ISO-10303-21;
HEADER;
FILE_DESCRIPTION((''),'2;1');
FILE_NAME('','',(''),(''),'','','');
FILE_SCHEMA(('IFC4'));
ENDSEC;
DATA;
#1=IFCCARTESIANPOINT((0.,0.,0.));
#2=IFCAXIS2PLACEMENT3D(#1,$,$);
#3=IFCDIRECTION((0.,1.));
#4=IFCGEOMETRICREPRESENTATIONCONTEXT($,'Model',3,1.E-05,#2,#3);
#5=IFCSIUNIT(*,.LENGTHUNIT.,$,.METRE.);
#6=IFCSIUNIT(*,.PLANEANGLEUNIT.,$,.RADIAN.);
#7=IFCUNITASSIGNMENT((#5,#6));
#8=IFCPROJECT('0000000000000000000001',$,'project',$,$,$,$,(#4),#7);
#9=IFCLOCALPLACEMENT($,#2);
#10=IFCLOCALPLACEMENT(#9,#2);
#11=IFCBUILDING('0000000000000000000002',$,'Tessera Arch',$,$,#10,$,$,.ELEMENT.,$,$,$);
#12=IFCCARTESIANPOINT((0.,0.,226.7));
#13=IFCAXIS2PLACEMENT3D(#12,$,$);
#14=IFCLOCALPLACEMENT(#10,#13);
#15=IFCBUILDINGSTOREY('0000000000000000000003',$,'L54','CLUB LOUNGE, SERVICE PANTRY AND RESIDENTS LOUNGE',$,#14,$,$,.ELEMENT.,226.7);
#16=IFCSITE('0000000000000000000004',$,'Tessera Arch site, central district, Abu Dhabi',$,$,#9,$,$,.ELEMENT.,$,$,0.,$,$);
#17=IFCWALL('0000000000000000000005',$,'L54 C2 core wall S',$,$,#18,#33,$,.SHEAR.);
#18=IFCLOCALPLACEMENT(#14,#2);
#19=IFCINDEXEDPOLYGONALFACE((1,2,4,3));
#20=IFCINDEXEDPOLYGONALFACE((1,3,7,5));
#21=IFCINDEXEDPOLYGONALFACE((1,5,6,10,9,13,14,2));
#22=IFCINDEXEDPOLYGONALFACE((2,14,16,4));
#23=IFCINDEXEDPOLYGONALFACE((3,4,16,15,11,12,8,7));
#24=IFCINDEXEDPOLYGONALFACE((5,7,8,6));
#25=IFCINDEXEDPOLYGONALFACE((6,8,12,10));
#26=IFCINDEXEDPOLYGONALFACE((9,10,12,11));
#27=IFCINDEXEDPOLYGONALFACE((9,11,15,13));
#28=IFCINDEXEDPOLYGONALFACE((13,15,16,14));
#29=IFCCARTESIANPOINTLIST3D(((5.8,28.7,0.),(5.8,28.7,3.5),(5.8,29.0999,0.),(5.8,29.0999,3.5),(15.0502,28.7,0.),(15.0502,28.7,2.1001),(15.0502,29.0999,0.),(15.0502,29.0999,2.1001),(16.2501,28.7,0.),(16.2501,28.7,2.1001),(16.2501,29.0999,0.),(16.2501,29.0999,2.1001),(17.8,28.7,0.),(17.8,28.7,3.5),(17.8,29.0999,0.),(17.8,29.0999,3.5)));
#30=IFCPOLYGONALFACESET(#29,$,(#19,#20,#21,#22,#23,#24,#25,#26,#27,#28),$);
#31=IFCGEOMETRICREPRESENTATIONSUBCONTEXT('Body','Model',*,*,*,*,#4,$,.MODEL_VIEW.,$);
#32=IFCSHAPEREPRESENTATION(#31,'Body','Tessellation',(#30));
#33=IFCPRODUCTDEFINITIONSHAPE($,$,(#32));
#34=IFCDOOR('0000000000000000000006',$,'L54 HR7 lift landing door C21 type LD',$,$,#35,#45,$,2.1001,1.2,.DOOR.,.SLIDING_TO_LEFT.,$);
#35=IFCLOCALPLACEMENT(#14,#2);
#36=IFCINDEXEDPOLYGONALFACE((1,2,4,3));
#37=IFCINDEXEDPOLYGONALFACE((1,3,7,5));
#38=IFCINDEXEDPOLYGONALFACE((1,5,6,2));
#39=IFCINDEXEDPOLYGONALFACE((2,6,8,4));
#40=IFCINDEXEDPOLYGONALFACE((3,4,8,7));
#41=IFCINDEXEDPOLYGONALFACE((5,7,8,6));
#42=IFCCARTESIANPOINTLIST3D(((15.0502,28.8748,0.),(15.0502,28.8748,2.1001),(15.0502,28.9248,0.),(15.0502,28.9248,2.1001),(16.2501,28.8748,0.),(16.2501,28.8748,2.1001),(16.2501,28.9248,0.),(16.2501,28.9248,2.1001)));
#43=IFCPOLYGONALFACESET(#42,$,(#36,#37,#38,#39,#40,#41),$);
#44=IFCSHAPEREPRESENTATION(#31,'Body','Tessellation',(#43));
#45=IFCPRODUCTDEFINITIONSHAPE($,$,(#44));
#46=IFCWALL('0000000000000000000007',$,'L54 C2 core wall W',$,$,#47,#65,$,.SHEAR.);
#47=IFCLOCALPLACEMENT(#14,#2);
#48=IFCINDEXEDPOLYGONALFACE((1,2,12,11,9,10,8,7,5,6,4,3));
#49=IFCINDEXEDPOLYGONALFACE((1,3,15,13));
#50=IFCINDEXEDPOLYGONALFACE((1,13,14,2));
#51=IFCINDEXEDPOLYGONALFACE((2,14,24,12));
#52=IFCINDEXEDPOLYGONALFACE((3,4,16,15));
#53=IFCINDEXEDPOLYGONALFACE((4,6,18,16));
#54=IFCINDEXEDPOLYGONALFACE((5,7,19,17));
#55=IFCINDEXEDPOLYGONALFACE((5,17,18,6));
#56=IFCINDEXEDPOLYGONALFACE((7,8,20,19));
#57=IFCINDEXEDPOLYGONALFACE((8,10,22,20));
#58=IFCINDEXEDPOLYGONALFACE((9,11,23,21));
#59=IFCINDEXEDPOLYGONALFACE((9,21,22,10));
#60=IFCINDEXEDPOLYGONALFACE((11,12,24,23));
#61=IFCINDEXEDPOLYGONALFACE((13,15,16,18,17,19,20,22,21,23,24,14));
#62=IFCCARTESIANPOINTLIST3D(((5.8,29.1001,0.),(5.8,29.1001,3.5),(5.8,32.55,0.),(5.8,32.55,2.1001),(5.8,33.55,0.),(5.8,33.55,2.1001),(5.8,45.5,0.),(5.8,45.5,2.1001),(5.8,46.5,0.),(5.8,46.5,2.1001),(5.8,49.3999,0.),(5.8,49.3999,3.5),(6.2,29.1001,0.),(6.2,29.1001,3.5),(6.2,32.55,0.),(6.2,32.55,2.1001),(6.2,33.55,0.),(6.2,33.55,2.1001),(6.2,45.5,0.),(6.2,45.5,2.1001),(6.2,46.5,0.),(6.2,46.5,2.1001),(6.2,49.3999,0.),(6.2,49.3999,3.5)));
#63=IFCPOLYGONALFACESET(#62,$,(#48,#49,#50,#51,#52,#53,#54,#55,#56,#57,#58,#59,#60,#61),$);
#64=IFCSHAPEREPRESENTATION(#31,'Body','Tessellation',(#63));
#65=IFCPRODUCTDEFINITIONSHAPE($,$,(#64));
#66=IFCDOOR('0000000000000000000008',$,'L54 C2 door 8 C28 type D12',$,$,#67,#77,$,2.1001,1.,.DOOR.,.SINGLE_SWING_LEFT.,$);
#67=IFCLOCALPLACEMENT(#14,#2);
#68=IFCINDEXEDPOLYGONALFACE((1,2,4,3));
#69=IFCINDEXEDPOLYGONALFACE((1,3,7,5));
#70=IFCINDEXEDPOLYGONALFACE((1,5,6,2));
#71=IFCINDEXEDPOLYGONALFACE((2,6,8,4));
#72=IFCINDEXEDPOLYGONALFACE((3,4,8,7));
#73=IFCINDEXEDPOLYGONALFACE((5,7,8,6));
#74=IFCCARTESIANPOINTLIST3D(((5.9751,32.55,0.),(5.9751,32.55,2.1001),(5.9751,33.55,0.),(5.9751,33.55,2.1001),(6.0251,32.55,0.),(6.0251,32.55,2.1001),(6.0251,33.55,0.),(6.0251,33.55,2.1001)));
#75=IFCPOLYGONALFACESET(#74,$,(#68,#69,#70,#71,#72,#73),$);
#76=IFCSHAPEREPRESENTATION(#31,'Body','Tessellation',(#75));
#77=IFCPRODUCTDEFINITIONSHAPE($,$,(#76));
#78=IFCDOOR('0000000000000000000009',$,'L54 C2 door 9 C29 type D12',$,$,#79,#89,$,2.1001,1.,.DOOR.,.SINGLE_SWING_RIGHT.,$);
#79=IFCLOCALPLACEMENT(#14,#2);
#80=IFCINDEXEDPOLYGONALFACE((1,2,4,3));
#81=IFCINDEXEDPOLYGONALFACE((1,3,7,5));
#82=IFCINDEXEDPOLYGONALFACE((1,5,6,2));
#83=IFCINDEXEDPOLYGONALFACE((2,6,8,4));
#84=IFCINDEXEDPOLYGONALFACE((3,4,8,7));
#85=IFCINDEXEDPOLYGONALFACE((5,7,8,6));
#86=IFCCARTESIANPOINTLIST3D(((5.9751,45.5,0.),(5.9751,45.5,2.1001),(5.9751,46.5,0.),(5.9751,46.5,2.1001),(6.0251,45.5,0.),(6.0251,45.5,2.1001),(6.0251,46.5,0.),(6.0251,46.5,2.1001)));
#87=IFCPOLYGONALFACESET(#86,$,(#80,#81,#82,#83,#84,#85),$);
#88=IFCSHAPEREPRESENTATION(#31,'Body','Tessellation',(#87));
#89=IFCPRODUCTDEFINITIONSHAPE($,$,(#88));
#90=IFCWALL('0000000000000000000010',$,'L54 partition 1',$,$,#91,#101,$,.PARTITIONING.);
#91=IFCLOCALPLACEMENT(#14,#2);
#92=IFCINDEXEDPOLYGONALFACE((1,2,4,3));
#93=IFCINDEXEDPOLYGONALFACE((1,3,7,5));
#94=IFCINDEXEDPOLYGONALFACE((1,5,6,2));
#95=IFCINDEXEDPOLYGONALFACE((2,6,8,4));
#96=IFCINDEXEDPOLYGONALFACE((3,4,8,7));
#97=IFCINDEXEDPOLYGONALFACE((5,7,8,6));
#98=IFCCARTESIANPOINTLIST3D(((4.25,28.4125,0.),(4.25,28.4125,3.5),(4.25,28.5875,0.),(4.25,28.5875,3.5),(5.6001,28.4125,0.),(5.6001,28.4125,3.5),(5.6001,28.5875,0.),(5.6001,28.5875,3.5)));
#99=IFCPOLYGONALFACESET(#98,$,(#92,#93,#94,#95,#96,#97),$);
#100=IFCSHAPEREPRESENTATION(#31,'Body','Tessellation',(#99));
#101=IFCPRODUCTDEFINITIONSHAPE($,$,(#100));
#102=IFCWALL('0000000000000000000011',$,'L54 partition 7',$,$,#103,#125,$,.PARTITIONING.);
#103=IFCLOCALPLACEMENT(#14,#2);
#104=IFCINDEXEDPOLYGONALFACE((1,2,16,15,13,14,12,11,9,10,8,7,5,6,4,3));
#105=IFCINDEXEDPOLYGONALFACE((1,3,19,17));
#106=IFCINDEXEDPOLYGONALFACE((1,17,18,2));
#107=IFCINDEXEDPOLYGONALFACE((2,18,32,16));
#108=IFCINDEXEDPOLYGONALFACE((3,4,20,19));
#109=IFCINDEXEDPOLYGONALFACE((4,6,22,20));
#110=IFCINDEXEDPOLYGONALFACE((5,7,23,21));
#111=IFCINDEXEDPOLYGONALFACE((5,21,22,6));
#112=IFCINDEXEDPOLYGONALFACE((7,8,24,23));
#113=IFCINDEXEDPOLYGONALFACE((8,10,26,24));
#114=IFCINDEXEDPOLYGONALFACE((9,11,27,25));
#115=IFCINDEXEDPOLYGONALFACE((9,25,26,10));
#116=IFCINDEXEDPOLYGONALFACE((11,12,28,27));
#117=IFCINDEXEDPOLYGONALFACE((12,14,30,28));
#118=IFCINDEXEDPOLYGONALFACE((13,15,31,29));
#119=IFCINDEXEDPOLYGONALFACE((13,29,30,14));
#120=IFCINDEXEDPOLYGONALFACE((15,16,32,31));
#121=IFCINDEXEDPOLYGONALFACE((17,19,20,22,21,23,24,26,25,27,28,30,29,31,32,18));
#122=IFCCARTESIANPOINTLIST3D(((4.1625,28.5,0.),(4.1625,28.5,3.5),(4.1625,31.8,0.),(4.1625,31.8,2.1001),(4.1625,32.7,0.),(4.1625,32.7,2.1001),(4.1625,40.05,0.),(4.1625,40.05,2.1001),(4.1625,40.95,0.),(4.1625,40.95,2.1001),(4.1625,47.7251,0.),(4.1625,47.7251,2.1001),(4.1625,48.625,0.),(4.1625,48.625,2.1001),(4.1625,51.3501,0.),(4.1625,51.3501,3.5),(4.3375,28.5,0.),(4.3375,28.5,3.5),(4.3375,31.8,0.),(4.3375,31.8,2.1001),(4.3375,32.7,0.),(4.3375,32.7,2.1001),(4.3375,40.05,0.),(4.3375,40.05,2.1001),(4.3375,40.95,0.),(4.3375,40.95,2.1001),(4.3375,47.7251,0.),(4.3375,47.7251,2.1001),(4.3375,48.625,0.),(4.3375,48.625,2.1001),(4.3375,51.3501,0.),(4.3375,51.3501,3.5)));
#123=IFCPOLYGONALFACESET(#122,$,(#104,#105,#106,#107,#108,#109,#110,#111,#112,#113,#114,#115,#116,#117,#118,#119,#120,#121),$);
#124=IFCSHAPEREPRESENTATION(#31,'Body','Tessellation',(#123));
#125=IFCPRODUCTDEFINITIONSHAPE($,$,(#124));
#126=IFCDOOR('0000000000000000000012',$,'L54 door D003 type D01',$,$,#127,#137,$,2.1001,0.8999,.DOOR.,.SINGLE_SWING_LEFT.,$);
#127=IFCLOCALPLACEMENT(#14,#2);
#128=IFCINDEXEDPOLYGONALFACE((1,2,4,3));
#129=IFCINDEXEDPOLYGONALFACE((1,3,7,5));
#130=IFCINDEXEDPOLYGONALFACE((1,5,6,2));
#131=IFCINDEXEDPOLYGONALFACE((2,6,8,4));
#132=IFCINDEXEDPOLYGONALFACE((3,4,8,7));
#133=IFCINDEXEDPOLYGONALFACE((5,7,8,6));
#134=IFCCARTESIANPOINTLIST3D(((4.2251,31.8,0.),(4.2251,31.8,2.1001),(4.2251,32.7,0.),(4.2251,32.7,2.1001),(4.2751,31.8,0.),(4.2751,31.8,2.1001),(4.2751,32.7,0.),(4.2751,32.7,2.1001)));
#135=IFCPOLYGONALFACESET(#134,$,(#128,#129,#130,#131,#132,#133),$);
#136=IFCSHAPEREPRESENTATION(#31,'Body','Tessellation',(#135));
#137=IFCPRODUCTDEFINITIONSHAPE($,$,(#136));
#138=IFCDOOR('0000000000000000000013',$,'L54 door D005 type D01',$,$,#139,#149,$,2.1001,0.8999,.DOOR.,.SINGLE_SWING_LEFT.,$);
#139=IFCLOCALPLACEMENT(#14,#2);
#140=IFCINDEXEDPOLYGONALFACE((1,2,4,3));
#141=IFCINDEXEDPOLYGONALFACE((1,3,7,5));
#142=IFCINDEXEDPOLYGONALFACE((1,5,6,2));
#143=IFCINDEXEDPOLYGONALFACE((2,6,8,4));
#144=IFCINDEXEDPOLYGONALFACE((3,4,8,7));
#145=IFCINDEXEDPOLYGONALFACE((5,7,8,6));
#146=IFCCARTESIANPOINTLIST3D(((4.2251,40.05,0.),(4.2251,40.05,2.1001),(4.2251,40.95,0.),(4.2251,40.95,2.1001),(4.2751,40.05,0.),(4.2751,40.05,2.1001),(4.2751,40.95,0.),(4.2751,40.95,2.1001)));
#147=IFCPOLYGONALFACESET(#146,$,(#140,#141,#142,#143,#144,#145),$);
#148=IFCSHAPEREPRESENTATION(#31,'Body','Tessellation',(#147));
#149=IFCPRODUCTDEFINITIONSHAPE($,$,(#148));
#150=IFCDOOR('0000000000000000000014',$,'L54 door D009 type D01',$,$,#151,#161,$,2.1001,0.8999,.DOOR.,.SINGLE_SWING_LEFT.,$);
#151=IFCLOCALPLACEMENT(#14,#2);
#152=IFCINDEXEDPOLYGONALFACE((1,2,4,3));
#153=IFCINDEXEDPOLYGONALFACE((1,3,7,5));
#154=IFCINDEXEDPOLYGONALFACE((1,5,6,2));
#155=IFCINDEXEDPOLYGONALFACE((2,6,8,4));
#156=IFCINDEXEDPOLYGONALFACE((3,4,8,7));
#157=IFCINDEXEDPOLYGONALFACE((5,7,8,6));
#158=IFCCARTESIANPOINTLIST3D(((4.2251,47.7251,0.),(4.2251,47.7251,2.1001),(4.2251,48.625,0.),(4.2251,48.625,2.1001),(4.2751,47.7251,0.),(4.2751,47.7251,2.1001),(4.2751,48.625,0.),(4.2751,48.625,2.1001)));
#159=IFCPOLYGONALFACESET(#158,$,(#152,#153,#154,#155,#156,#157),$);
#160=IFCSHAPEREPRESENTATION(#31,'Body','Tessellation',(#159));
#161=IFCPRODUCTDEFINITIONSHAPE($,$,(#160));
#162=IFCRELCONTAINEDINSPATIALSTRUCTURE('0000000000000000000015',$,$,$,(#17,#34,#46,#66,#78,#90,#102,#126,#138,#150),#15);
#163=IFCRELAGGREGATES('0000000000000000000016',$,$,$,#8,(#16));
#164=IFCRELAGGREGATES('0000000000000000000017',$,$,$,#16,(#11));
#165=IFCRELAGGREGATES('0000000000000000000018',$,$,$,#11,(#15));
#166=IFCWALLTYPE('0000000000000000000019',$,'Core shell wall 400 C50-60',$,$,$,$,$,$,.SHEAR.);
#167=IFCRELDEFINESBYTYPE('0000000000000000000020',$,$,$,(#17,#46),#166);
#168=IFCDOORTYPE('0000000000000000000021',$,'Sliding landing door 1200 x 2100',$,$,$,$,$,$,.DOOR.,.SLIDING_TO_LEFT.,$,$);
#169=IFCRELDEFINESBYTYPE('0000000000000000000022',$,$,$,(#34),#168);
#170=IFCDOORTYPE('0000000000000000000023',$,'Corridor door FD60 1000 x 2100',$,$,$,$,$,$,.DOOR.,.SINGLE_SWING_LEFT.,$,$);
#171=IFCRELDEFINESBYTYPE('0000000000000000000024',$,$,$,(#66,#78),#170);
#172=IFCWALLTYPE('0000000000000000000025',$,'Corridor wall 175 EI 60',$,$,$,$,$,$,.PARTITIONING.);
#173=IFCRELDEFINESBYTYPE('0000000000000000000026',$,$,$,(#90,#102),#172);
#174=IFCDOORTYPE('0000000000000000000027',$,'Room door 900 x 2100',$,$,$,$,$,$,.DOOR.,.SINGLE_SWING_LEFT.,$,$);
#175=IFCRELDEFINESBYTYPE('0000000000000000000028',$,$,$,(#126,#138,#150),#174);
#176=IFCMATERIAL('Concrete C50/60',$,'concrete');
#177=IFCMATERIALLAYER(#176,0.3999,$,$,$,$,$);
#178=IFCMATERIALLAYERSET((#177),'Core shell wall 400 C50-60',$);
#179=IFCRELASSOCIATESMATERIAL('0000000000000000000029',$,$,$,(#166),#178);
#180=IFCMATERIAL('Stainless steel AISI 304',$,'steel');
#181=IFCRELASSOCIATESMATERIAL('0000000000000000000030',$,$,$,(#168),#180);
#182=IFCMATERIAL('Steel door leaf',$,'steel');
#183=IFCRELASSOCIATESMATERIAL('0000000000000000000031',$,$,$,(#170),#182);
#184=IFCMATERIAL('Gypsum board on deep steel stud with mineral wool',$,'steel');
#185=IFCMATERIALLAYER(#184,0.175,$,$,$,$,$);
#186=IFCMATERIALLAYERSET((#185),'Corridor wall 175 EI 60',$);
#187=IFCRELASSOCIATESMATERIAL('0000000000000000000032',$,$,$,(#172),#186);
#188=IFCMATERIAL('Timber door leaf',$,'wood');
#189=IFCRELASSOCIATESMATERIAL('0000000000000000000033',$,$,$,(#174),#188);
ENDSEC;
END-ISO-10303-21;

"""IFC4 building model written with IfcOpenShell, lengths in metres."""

from ifc_helpers import new_model, si_unit, direction, frame, frame_2d, origin, place, context, subcontext, project, spatial, rectangle, extrude, material, layer, layer_set, type_object, element, fill, save


model = new_model("IFC4")

# Units and contexts
model_context = context("Model", 3, precision=1e-05, world=origin(), true_north=direction((0.0, 1.0)))
body_context = subcontext(model_context, "Body", "Model", "MODEL_VIEW")
ifc_project = project(units=[si_unit("LENGTHUNIT", "METRE"), si_unit("PLANEANGLEUNIT", "RADIAN")], contexts=[model_context])

# Site, building, storey
site_placement = place(None, origin())
site = spatial("IfcSite", under=ifc_project, at=site_placement, Name="Tessera Arch site, central district, Abu Dhabi", CompositionType="ELEMENT", RefElevation=0.0)
building_placement = place(site_placement, origin())
building = spatial("IfcBuilding", under=site, at=building_placement, Name="Tessera Arch", CompositionType="ELEMENT")
storey_placement = place(building_placement, frame((0.0, 0.0, 226.7)))
storey = spatial("IfcBuildingStorey", under=building, at=storey_placement, Name="L54", Description="CLUB LOUNGE, SERVICE PANTRY AND RESIDENTS LOUNGE", CompositionType="ELEMENT", Elevation=226.7)

# Wall, opening, door
ifc_material_1 = material(Name="Concrete C50/60", Category="concrete")
ifc_layer_1 = layer(ifc_material_1, 0.3999)
ifc_layer_set_1 = layer_set([ifc_layer_1], Name="Core shell wall 400 C50-60")
wall_type_1 = type_object("IfcWallType", Name="Core shell wall 400 C50-60", PredefinedType="SHEAR", material=ifc_layer_set_1)
wall_1_placement = place(storey_placement, frame((5.8, 28.8999, 0.0), z_axis=(0.0, 0.0, 1.0), x_axis=(1.0, 0.0, 0.0)))
wall_1 = element("IfcWall", 1, at=wall_1_placement, inside=storey, type_object=wall_type_1, Name="L54 C2 core wall S", PredefinedType="SHEAR", context=body_context, shape_type="SweptSolid", body=[
    extrude(rectangle(XDim=12.0, YDim=0.3999, at=frame_2d((6.0, 0.0))), origin(), (0.0, 0.0, 1.0), 3.5),
])
opening_1_placement = place(wall_1_placement, frame((9.25, 0.0, 0.0)))
opening_1 = element("IfcOpeningElement", 2, at=opening_1_placement, cuts=wall_1, PredefinedType="OPENING", context=body_context, shape_type="SweptSolid", body=[
    extrude(rectangle(XDim=1.2, YDim=2.1001, at=frame_2d((0.6001, 1.05))), frame((0.0, 0.21, 0.0), z_axis=(0.0, -1.0, 0.0), x_axis=(1.0, 0.0, 0.0)), (0.0, 0.0, 1.0), 0.4199),
])
ifc_material_2 = material(Name="Stainless steel AISI 304", Category="steel")
door_type_1 = type_object("IfcDoorType", Name="Sliding landing door 1200 x 2100", OperationType="SLIDING_TO_LEFT", PredefinedType="DOOR", material=ifc_material_2)
door_1_placement = place(opening_1_placement, origin())
door_1 = element("IfcDoor", 3, at=door_1_placement, inside=storey, type_object=door_type_1, Name="L54 HR7 lift landing door C21 type LD", OperationType="SLIDING_TO_LEFT", OverallHeight=2.1001, OverallWidth=1.2, PredefinedType="DOOR", context=body_context, shape_type="SweptSolid", body=[
    extrude(rectangle(XDim=1.2, YDim=2.1001, at=frame_2d((0.6001, 1.05))), frame((0.0, 0.0249, 0.0), z_axis=(0.0, -1.0, 0.0), x_axis=(1.0, 0.0, 0.0)), (0.0, 0.0, 1.0), 0.05),
])
fill(opening_1, door_1)

# Wall, openings, doors
wall_2_placement = place(storey_placement, frame((6.0, 29.1001, 0.0), z_axis=(0.0, 0.0, 1.0), x_axis=(0.0, 1.0, 0.0)))
wall_2 = element("IfcWall", 4, at=wall_2_placement, inside=storey, type_object=wall_type_1, Name="L54 C2 core wall W", PredefinedType="SHEAR", context=body_context, shape_type="SweptSolid", body=[
    extrude(rectangle(XDim=20.2998, YDim=0.3999, at=frame_2d((10.1499, 0.0))), origin(), (0.0, 0.0, 1.0), 3.5),
])
opening_2_placement = place(wall_2_placement, frame((3.45, 0.0, 0.0)))
opening_2 = element("IfcOpeningElement", 5, at=opening_2_placement, cuts=wall_2, PredefinedType="OPENING", context=body_context, shape_type="SweptSolid", body=[
    extrude(rectangle(XDim=1.0, YDim=2.1001, at=frame_2d((0.5, 1.05))), frame((0.0, 0.21, 0.0), z_axis=(0.0, -1.0, 0.0), x_axis=(1.0, 0.0, 0.0)), (0.0, 0.0, 1.0), 0.4199),
])
opening_3_placement = place(wall_2_placement, frame((16.3999, 0.0, 0.0)))
opening_3 = element("IfcOpeningElement", 6, at=opening_3_placement, cuts=wall_2, PredefinedType="OPENING", context=body_context, shape_type="SweptSolid", body=[
    extrude(rectangle(XDim=1.0, YDim=2.1001, at=frame_2d((0.5, 1.05))), frame((0.0, 0.21, 0.0), z_axis=(0.0, -1.0, 0.0), x_axis=(1.0, 0.0, 0.0)), (0.0, 0.0, 1.0), 0.4199),
])
ifc_material_3 = material(Name="Steel door leaf", Category="steel")
door_type_2 = type_object("IfcDoorType", Name="Corridor door FD60 1000 x 2100", OperationType="SINGLE_SWING_LEFT", PredefinedType="DOOR", material=ifc_material_3)
door_2_placement = place(opening_2_placement, origin())
door_2 = element("IfcDoor", 7, at=door_2_placement, inside=storey, type_object=door_type_2, Name="L54 C2 door 8 C28 type D12", OperationType="SINGLE_SWING_LEFT", OverallHeight=2.1001, OverallWidth=1.0, PredefinedType="DOOR", context=body_context, shape_type="SweptSolid", body=[
    extrude(rectangle(XDim=1.0, YDim=2.1001, at=frame_2d((0.5, 1.05))), frame((0.0, 0.0249, 0.0), z_axis=(0.0, -1.0, 0.0), x_axis=(1.0, 0.0, 0.0)), (0.0, 0.0, 1.0), 0.05),
])
fill(opening_2, door_2)
door_3_placement = place(opening_3_placement, origin())
door_3 = element("IfcDoor", 8, at=door_3_placement, inside=storey, type_object=door_type_2, Name="L54 C2 door 9 C29 type D12", OperationType="SINGLE_SWING_RIGHT", OverallHeight=2.1001, OverallWidth=1.0, PredefinedType="DOOR", context=body_context, shape_type="SweptSolid", body=[
    extrude(rectangle(XDim=1.0, YDim=2.1001, at=frame_2d((0.5, 1.05))), frame((0.0, 0.0249, 0.0), z_axis=(0.0, -1.0, 0.0), x_axis=(1.0, 0.0, 0.0)), (0.0, 0.0, 1.0), 0.05),
])
fill(opening_3, door_3)

# Wall
ifc_material_4 = material(Name="Gypsum board on deep steel stud with mineral wool", Category="steel")
ifc_layer_2 = layer(ifc_material_4, 0.175)
ifc_layer_set_2 = layer_set([ifc_layer_2], Name="Corridor wall 175 EI 60")
wall_type_2 = type_object("IfcWallType", Name="Corridor wall 175 EI 60", PredefinedType="PARTITIONING", material=ifc_layer_set_2)
wall_3_placement = place(storey_placement, frame((4.25, 28.5, 0.0), z_axis=(0.0, 0.0, 1.0), x_axis=(1.0, 0.0, 0.0)))
element("IfcWall", 9, at=wall_3_placement, inside=storey, type_object=wall_type_2, Name="L54 partition 1", PredefinedType="PARTITIONING", context=body_context, shape_type="SweptSolid", body=[
    extrude(rectangle(XDim=1.3501, YDim=0.175, at=frame_2d((0.675, 0.0))), origin(), (0.0, 0.0, 1.0), 3.5),
])

# Wall, openings, doors
wall_4_placement = place(storey_placement, frame((4.25, 28.5, 0.0), z_axis=(0.0, 0.0, 1.0), x_axis=(0.0, 1.0, 0.0)))
wall_4 = element("IfcWall", 10, at=wall_4_placement, inside=storey, type_object=wall_type_2, Name="L54 partition 7", PredefinedType="PARTITIONING", context=body_context, shape_type="SweptSolid", body=[
    extrude(rectangle(XDim=22.8501, YDim=0.175, at=frame_2d((11.425, 0.0))), origin(), (0.0, 0.0, 1.0), 3.5),
])
opening_4_placement = place(wall_4_placement, frame((3.3, 0.0, 0.0)))
opening_4 = element("IfcOpeningElement", 11, at=opening_4_placement, cuts=wall_4, PredefinedType="OPENING", context=body_context, shape_type="SweptSolid", body=[
    extrude(rectangle(XDim=0.8999, YDim=2.1001, at=frame_2d((0.45, 1.05))), frame((0.0, 0.0974, 0.0), z_axis=(0.0, -1.0, 0.0), x_axis=(1.0, 0.0, 0.0)), (0.0, 0.0, 1.0), 0.1951),
])
opening_5_placement = place(wall_4_placement, frame((11.55, 0.0, 0.0)))
opening_5 = element("IfcOpeningElement", 12, at=opening_5_placement, cuts=wall_4, PredefinedType="OPENING", context=body_context, shape_type="SweptSolid", body=[
    extrude(rectangle(XDim=0.8999, YDim=2.1001, at=frame_2d((0.45, 1.05))), frame((0.0, 0.0974, 0.0), z_axis=(0.0, -1.0, 0.0), x_axis=(1.0, 0.0, 0.0)), (0.0, 0.0, 1.0), 0.1951),
])
opening_6_placement = place(wall_4_placement, frame((19.2251, 0.0, 0.0)))
opening_6 = element("IfcOpeningElement", 13, at=opening_6_placement, cuts=wall_4, PredefinedType="OPENING", context=body_context, shape_type="SweptSolid", body=[
    extrude(rectangle(XDim=0.8999, YDim=2.1001, at=frame_2d((0.45, 1.05))), frame((0.0, 0.0974, 0.0), z_axis=(0.0, -1.0, 0.0), x_axis=(1.0, 0.0, 0.0)), (0.0, 0.0, 1.0), 0.1951),
])
ifc_material_5 = material(Name="Timber door leaf", Category="wood")
door_type_3 = type_object("IfcDoorType", Name="Room door 900 x 2100", OperationType="SINGLE_SWING_LEFT", PredefinedType="DOOR", material=ifc_material_5)
door_4_placement = place(opening_4_placement, origin())
door_4 = element("IfcDoor", 14, at=door_4_placement, inside=storey, type_object=door_type_3, Name="L54 door D003 type D01", OperationType="SINGLE_SWING_LEFT", OverallHeight=2.1001, OverallWidth=0.8999, PredefinedType="DOOR", context=body_context, shape_type="SweptSolid", body=[
    extrude(rectangle(XDim=0.8999, YDim=2.1001, at=frame_2d((0.45, 1.05))), frame((0.0, 0.0249, 0.0), z_axis=(0.0, -1.0, 0.0), x_axis=(1.0, 0.0, 0.0)), (0.0, 0.0, 1.0), 0.05),
])
fill(opening_4, door_4)
door_5_placement = place(opening_5_placement, origin())
door_5 = element("IfcDoor", 15, at=door_5_placement, inside=storey, type_object=door_type_3, Name="L54 door D005 type D01", OperationType="SINGLE_SWING_LEFT", OverallHeight=2.1001, OverallWidth=0.8999, PredefinedType="DOOR", context=body_context, shape_type="SweptSolid", body=[
    extrude(rectangle(XDim=0.8999, YDim=2.1001, at=frame_2d((0.45, 1.05))), frame((0.0, 0.0249, 0.0), z_axis=(0.0, -1.0, 0.0), x_axis=(1.0, 0.0, 0.0)), (0.0, 0.0, 1.0), 0.05),
])
fill(opening_5, door_5)
door_6_placement = place(opening_6_placement, origin())
door_6 = element("IfcDoor", 16, at=door_6_placement, inside=storey, type_object=door_type_3, Name="L54 door D009 type D01", OperationType="SINGLE_SWING_LEFT", OverallHeight=2.1001, OverallWidth=0.8999, PredefinedType="DOOR", context=body_context, shape_type="SweptSolid", body=[
    extrude(rectangle(XDim=0.8999, YDim=2.1001, at=frame_2d((0.45, 1.05))), frame((0.0, 0.0249, 0.0), z_axis=(0.0, -1.0, 0.0), x_axis=(1.0, 0.0, 0.0)), (0.0, 0.0, 1.0), 0.05),
])
fill(opening_6, door_6)

save(model, "model.ifc")
